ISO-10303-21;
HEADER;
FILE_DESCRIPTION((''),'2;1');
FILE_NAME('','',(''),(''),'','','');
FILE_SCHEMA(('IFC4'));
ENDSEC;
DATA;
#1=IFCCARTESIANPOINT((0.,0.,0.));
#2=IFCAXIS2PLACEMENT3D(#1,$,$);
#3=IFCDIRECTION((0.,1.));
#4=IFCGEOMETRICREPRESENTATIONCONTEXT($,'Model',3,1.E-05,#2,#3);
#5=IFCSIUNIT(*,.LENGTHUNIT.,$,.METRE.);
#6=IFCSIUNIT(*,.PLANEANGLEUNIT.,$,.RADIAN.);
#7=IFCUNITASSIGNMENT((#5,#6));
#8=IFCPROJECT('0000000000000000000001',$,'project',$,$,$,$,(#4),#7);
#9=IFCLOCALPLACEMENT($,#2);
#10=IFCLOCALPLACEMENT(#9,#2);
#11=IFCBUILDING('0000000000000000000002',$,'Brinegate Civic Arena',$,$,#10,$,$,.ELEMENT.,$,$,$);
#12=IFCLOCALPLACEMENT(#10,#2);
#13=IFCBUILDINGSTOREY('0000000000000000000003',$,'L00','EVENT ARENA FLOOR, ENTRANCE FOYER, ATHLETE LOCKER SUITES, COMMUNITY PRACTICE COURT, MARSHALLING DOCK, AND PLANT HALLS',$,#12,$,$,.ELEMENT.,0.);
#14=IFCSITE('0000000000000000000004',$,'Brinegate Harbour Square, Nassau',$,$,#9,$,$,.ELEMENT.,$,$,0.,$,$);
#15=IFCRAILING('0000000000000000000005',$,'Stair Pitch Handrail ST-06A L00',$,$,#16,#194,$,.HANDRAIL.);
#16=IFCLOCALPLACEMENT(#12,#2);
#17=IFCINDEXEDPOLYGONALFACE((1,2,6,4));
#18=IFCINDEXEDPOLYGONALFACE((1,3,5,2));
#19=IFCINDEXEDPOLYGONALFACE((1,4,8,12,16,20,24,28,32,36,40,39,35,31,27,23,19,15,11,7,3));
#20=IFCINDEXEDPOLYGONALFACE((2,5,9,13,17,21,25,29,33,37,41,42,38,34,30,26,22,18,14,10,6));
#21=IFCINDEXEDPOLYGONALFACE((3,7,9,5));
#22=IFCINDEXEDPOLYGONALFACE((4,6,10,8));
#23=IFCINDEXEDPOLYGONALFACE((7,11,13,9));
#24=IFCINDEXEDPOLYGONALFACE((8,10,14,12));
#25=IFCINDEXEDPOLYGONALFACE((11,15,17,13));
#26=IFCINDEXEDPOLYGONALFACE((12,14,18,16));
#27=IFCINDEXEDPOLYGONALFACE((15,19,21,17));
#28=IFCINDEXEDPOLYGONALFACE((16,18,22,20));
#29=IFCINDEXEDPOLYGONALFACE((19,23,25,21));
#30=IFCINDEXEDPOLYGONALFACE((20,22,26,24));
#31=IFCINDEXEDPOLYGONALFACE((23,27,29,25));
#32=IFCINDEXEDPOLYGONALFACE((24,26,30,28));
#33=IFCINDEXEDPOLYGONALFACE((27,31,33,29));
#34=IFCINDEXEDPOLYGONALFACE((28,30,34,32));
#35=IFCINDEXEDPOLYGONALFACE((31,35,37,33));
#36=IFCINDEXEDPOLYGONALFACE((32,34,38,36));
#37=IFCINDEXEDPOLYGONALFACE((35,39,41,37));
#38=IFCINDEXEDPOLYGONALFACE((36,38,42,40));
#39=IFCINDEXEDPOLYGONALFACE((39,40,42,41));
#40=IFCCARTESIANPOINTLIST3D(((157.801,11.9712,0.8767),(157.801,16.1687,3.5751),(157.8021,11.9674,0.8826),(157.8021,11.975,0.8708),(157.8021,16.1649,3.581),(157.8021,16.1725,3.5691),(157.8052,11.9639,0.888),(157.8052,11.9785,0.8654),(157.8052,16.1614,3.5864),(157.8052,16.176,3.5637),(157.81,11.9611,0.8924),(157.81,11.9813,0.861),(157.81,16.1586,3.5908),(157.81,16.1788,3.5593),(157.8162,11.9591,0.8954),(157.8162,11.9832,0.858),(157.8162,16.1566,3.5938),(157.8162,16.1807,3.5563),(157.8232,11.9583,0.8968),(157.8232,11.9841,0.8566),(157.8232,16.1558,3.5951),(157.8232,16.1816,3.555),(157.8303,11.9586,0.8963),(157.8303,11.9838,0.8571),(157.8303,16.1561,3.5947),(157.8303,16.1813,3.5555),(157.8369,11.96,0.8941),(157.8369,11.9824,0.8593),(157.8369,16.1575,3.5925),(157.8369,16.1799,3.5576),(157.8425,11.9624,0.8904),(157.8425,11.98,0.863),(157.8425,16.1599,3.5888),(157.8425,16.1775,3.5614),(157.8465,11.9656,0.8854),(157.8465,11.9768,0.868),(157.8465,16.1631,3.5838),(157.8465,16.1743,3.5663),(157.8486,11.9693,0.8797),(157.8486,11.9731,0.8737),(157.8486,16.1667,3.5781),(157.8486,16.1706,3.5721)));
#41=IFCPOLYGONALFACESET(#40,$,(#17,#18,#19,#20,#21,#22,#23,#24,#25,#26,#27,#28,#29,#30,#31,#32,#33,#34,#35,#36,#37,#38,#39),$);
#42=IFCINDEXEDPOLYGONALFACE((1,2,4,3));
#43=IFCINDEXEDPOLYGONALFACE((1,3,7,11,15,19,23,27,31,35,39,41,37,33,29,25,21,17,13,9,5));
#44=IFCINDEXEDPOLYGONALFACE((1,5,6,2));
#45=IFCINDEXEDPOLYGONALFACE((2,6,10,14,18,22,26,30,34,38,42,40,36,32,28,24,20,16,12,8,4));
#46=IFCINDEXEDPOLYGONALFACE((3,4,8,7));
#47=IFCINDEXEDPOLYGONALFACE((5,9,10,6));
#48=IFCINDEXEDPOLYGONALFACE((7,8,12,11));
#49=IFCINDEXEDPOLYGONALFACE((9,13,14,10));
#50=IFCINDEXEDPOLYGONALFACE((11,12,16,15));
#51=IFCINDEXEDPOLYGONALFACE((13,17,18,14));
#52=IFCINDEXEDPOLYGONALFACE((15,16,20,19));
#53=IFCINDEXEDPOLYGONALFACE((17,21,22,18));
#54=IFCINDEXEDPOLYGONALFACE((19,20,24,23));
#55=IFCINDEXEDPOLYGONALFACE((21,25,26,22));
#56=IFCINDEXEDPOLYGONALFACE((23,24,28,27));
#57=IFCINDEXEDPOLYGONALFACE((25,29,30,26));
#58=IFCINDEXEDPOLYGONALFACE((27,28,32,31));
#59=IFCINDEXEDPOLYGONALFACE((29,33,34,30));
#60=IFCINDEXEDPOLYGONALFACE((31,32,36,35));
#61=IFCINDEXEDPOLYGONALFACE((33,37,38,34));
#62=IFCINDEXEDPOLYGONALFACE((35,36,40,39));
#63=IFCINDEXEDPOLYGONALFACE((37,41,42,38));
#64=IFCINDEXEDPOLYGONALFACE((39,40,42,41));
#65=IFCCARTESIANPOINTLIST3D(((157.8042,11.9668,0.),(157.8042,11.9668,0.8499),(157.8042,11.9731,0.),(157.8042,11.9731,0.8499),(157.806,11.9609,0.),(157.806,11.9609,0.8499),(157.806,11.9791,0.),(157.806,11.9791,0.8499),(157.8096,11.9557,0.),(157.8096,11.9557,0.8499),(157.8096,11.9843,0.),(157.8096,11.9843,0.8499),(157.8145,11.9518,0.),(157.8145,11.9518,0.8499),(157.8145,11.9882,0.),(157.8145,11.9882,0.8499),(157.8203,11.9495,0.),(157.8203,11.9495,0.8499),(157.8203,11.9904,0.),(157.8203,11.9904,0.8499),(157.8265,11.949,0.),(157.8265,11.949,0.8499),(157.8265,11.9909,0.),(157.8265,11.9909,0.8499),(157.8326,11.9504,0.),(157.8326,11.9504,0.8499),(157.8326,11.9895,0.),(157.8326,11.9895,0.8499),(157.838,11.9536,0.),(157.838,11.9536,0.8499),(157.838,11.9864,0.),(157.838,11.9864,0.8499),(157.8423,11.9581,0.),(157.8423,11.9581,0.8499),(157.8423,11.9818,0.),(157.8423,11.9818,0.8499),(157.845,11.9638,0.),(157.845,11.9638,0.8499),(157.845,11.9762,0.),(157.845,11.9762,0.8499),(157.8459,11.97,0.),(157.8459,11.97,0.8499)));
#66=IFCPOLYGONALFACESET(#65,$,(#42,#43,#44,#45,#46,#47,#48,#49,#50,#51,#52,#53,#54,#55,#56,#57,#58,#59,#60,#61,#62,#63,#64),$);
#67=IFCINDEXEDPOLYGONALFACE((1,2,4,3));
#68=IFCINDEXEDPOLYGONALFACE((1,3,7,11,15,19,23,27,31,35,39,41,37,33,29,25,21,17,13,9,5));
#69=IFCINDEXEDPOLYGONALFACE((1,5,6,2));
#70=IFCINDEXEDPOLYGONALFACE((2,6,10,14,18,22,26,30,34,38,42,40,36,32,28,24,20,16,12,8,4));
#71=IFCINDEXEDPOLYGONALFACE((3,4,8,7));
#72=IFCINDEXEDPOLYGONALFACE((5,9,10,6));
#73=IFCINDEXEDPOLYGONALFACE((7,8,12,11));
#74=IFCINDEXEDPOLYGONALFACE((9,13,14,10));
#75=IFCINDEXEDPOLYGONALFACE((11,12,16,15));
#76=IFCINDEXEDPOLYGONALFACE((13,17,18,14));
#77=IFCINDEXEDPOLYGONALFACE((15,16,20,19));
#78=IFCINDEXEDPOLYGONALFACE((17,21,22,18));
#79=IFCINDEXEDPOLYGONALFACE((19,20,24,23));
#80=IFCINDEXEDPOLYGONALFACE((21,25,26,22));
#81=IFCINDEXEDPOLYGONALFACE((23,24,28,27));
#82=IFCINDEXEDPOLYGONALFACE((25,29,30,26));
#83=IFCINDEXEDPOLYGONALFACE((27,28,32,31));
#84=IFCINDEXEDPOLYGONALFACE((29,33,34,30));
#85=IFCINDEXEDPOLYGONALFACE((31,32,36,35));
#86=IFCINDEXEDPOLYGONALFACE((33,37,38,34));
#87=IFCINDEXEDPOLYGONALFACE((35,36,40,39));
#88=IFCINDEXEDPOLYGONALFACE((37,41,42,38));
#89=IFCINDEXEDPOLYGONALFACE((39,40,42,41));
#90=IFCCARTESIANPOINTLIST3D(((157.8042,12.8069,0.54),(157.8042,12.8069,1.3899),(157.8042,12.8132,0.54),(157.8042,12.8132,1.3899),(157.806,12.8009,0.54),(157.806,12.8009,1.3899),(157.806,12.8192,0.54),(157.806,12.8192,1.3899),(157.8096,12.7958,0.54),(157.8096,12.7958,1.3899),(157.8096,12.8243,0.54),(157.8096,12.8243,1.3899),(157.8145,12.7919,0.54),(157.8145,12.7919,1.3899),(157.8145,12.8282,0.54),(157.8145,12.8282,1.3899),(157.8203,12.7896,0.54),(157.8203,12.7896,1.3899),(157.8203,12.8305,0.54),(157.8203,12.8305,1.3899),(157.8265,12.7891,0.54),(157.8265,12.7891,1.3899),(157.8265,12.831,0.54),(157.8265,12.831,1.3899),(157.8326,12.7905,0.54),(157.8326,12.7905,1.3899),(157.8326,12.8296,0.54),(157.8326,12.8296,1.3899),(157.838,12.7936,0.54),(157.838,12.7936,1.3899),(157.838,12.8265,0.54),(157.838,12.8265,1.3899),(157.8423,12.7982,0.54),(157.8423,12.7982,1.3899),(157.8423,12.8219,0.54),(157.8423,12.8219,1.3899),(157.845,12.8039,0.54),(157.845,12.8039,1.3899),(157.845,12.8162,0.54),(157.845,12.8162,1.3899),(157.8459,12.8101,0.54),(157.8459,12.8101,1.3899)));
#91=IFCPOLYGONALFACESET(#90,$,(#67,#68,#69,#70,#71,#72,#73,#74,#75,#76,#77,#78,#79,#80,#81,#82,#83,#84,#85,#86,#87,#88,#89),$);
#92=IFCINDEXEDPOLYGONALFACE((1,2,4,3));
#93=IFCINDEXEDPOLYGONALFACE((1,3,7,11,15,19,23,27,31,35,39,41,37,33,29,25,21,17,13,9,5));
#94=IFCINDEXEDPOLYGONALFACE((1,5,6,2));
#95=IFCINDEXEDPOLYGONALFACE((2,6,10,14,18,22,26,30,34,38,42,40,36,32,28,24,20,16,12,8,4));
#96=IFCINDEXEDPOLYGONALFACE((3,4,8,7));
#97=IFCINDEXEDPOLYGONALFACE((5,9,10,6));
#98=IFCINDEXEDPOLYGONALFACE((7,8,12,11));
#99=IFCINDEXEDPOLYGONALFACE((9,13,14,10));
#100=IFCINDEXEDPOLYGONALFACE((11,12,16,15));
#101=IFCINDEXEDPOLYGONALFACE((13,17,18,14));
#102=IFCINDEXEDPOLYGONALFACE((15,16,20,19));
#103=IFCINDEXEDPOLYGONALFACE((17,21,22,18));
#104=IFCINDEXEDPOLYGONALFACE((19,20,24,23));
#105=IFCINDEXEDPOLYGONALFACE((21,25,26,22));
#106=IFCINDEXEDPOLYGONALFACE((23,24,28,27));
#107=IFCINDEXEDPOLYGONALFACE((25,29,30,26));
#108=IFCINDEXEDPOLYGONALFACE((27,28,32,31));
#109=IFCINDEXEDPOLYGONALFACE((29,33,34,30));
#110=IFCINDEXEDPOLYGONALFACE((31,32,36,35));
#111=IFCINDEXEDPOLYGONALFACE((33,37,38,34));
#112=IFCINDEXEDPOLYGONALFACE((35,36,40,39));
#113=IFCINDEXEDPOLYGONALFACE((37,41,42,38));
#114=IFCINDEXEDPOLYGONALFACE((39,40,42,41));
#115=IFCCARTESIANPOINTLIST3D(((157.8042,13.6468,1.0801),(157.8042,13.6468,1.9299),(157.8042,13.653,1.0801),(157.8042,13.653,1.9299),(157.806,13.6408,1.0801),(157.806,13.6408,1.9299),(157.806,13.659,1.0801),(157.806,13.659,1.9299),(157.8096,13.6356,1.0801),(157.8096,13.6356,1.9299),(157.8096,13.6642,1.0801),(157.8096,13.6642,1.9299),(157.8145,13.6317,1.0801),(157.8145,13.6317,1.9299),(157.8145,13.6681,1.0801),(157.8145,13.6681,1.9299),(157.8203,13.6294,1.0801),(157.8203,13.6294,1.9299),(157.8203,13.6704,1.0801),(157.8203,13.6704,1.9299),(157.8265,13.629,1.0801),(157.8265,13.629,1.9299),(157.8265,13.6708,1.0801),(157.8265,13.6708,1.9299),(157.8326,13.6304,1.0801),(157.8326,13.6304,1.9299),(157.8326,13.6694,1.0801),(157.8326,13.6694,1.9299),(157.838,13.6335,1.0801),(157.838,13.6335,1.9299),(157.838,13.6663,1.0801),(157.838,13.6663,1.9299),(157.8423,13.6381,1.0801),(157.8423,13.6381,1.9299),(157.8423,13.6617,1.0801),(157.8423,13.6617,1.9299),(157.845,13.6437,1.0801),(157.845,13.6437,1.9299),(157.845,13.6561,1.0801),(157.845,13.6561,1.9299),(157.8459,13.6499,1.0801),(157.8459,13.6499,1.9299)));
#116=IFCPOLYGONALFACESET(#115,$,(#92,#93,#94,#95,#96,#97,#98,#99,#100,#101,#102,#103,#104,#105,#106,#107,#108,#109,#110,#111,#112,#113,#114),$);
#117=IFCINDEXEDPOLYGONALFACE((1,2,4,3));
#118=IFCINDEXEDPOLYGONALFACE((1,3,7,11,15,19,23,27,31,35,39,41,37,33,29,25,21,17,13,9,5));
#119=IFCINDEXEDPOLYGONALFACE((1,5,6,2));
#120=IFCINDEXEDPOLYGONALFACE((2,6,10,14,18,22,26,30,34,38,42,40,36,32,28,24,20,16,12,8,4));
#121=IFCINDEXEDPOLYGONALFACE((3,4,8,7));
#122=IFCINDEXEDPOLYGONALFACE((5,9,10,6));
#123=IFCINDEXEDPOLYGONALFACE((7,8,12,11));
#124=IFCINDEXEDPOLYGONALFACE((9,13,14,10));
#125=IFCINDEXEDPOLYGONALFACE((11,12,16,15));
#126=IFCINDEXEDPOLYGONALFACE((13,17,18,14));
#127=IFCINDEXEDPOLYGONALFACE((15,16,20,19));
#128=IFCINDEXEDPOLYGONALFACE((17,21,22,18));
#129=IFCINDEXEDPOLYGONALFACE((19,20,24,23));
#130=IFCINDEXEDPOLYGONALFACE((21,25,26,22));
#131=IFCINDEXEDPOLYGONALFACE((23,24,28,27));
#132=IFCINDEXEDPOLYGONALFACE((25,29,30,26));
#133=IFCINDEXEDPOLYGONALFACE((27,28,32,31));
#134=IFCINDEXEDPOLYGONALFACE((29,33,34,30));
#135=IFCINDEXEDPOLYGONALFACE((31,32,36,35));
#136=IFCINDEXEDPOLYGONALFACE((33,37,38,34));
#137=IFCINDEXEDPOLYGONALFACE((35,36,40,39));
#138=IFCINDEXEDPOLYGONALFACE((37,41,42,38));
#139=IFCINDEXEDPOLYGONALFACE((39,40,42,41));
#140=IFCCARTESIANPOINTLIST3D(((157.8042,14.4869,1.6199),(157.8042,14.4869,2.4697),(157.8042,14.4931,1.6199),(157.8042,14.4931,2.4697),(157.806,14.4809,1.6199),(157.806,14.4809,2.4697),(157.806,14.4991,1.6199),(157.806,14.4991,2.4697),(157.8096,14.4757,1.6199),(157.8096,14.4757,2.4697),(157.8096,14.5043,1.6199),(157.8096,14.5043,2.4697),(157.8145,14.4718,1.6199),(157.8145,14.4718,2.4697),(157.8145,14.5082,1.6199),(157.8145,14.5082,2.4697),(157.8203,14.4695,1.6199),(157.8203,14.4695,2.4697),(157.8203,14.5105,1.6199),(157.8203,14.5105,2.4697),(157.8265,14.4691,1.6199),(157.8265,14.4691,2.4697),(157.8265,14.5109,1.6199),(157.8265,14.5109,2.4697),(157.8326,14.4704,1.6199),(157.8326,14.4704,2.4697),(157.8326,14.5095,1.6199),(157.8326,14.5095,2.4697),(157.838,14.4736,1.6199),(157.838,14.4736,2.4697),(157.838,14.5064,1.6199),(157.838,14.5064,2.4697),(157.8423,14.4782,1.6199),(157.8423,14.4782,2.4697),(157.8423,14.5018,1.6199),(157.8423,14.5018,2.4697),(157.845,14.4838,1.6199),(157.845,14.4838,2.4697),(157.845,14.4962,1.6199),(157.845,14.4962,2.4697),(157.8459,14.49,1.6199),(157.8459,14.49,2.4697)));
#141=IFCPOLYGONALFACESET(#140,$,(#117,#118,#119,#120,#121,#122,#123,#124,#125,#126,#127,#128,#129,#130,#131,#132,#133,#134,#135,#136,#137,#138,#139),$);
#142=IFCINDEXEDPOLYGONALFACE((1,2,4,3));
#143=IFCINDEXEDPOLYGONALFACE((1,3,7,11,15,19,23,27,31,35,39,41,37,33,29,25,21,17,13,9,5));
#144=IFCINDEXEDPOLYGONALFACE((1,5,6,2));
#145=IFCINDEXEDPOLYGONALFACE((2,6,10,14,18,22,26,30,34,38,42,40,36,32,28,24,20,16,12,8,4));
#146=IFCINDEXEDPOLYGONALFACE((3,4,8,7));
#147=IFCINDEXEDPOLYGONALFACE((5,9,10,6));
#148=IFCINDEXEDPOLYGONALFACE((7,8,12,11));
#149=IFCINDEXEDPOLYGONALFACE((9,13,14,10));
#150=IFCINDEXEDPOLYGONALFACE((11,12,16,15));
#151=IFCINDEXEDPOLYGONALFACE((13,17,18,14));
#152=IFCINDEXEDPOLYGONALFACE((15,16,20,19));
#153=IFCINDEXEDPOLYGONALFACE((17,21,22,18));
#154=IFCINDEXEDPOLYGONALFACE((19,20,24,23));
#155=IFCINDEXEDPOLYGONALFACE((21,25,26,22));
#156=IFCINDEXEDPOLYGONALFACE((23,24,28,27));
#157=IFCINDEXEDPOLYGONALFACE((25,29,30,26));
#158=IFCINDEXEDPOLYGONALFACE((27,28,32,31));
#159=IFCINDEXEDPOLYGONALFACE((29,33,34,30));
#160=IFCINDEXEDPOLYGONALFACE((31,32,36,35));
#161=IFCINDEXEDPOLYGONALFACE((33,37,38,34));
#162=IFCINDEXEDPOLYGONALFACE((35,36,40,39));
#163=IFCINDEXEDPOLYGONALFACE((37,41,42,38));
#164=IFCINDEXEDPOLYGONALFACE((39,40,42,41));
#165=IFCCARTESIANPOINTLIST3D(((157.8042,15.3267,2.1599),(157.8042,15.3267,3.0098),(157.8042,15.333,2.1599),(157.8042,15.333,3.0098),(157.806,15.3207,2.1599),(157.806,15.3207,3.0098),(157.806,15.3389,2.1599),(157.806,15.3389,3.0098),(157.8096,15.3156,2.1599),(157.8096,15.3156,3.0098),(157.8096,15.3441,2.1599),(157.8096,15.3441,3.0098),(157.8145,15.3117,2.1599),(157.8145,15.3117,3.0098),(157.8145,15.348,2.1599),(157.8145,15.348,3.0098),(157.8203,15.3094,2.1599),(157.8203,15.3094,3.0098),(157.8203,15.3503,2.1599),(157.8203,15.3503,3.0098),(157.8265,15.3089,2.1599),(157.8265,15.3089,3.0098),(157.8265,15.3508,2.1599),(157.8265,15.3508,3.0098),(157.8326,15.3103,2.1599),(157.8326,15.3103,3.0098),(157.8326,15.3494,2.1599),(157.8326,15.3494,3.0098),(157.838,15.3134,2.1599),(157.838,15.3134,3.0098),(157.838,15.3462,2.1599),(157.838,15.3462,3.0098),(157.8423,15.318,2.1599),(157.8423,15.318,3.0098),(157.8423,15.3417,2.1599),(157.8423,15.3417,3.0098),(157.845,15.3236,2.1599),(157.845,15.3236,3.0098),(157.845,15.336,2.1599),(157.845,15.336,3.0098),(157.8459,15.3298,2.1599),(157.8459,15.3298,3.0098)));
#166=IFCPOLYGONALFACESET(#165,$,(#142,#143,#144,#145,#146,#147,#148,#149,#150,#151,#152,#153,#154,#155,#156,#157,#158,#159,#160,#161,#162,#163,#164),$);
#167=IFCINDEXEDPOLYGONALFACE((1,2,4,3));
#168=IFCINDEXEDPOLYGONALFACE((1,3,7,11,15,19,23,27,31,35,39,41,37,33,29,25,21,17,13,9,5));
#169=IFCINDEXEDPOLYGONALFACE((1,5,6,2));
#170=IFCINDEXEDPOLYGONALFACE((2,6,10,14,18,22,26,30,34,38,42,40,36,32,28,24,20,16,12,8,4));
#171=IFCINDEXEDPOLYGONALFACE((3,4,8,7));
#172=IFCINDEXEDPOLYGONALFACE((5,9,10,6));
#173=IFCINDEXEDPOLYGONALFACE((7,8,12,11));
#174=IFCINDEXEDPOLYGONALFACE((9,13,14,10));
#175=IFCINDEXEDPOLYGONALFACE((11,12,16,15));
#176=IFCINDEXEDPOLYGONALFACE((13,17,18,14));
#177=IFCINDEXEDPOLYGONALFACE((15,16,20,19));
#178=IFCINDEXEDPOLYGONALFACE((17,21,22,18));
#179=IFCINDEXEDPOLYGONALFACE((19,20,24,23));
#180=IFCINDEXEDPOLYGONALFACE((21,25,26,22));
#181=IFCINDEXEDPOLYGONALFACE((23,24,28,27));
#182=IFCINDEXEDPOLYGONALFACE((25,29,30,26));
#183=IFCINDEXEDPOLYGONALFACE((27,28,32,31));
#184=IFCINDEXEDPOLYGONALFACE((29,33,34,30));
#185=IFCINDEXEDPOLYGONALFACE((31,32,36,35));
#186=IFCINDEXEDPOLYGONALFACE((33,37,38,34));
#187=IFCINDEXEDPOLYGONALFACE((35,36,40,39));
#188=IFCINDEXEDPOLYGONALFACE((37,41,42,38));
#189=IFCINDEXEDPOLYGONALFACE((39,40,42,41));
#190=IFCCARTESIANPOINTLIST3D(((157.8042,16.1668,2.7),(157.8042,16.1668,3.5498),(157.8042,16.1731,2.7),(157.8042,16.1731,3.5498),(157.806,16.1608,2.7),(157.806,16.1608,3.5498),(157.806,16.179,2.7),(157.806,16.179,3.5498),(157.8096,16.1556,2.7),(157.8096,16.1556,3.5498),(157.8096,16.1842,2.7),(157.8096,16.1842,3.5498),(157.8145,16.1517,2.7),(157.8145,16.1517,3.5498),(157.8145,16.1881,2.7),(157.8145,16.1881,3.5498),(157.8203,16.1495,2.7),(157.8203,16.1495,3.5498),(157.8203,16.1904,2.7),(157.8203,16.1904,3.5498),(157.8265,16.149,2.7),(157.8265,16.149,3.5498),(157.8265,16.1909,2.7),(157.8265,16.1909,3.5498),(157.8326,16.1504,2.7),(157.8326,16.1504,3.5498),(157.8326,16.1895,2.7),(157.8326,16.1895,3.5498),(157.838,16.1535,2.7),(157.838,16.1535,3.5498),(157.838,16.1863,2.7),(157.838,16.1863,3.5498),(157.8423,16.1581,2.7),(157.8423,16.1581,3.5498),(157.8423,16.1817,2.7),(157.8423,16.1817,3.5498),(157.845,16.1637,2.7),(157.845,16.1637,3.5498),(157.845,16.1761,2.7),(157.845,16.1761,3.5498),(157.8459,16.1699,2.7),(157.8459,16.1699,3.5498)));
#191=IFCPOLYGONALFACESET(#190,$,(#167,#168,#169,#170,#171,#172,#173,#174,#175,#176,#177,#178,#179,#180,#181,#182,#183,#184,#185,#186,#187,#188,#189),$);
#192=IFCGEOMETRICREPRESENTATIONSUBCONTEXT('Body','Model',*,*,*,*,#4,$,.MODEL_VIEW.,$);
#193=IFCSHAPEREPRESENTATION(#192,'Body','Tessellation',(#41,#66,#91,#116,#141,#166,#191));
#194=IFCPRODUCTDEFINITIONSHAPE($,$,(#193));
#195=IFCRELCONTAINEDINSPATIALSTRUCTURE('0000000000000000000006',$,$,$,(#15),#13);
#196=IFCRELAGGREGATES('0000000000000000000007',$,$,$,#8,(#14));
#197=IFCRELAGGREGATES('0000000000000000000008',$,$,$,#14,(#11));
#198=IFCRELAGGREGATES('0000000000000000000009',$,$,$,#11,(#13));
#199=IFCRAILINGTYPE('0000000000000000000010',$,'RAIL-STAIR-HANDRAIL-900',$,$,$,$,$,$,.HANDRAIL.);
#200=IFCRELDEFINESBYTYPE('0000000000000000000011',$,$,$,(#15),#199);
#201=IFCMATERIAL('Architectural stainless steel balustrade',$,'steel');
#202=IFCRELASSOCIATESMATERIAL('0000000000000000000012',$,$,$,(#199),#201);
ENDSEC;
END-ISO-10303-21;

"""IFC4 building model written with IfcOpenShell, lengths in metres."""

from ifc_helpers import new_model, si_unit, direction, frame, origin, origin_2d, place, context, subcontext, project, spatial, circle, extrude, material, type_object, element, save


model = new_model("IFC4")

# Units and contexts
model_context = context("Model", 3, precision=1e-05, world=origin(), true_north=direction((0.0, 1.0)))
body_context = subcontext(model_context, "Body", "Model", "MODEL_VIEW")
ifc_project = project(units=[si_unit("LENGTHUNIT", "METRE"), si_unit("PLANEANGLEUNIT", "RADIAN")], contexts=[model_context])

# Site, building, storey
site_placement = place(None, origin())
site = spatial("IfcSite", under=ifc_project, at=site_placement, Name="Brinegate Harbour Square, Nassau", CompositionType="ELEMENT", RefElevation=0.0)
building_placement = place(site_placement, origin())
building = spatial("IfcBuilding", under=site, at=building_placement, Name="Brinegate Civic Arena", CompositionType="ELEMENT")
storey_placement = place(building_placement, origin())
storey = spatial("IfcBuildingStorey", under=building, at=storey_placement, Name="L00", Description="EVENT ARENA FLOOR, ENTRANCE FOYER, ATHLETE LOCKER SUITES, COMMUNITY PRACTICE COURT, MARSHALLING DOCK, AND PLANT HALLS", CompositionType="ELEMENT", Elevation=0.0)

# Railing
ifc_material_1 = material(Name="Architectural stainless steel balustrade", Category="steel")
railing_type = type_object("IfcRailingType", Name="RAIL-STAIR-HANDRAIL-900", PredefinedType="HANDRAIL", material=ifc_material_1)
for number, where, name in (
    (1, (157.825, 11.97, 0.0), "Stair Pitch Handrail ST-06A L00"),
):
    element("IfcRailing", number, at=place(storey_placement, frame(where)), inside=storey, type_object=railing_type, Name=name, PredefinedType="HANDRAIL", context=body_context, shape_type="SweptSolid", body=[
        extrude(circle(Radius=0.0239, at=origin_2d()), frame((0.0, 0.0012, 0.8767), z_axis=(0.0, 0.84118, 0.540755), x_axis=(-1.0, 0.0, 0.0)), (0.0, 0.0, 1.0), 4.99),
        extrude(circle(Radius=0.021, at=origin_2d()), origin(), (0.0, 0.0, 1.0), 0.8499),
        extrude(circle(Radius=0.021, at=origin_2d()), frame((0.0, 0.8401, 0.54)), (0.0, 0.0, 1.0), 0.8499),
        extrude(circle(Radius=0.021, at=origin_2d()), frame((0.0, 1.6799, 1.0801)), (0.0, 0.0, 1.0), 0.8499),
        extrude(circle(Radius=0.021, at=origin_2d()), frame((0.0, 2.52, 1.6199)), (0.0, 0.0, 1.0), 0.8499),
        extrude(circle(Radius=0.021, at=origin_2d()), frame((0.0, 3.3599, 2.1599)), (0.0, 0.0, 1.0), 0.8499),
        extrude(circle(Radius=0.021, at=origin_2d()), frame((0.0, 4.2, 2.7)), (0.0, 0.0, 1.0), 0.8499),
    ])

save(model, "model.ifc")
